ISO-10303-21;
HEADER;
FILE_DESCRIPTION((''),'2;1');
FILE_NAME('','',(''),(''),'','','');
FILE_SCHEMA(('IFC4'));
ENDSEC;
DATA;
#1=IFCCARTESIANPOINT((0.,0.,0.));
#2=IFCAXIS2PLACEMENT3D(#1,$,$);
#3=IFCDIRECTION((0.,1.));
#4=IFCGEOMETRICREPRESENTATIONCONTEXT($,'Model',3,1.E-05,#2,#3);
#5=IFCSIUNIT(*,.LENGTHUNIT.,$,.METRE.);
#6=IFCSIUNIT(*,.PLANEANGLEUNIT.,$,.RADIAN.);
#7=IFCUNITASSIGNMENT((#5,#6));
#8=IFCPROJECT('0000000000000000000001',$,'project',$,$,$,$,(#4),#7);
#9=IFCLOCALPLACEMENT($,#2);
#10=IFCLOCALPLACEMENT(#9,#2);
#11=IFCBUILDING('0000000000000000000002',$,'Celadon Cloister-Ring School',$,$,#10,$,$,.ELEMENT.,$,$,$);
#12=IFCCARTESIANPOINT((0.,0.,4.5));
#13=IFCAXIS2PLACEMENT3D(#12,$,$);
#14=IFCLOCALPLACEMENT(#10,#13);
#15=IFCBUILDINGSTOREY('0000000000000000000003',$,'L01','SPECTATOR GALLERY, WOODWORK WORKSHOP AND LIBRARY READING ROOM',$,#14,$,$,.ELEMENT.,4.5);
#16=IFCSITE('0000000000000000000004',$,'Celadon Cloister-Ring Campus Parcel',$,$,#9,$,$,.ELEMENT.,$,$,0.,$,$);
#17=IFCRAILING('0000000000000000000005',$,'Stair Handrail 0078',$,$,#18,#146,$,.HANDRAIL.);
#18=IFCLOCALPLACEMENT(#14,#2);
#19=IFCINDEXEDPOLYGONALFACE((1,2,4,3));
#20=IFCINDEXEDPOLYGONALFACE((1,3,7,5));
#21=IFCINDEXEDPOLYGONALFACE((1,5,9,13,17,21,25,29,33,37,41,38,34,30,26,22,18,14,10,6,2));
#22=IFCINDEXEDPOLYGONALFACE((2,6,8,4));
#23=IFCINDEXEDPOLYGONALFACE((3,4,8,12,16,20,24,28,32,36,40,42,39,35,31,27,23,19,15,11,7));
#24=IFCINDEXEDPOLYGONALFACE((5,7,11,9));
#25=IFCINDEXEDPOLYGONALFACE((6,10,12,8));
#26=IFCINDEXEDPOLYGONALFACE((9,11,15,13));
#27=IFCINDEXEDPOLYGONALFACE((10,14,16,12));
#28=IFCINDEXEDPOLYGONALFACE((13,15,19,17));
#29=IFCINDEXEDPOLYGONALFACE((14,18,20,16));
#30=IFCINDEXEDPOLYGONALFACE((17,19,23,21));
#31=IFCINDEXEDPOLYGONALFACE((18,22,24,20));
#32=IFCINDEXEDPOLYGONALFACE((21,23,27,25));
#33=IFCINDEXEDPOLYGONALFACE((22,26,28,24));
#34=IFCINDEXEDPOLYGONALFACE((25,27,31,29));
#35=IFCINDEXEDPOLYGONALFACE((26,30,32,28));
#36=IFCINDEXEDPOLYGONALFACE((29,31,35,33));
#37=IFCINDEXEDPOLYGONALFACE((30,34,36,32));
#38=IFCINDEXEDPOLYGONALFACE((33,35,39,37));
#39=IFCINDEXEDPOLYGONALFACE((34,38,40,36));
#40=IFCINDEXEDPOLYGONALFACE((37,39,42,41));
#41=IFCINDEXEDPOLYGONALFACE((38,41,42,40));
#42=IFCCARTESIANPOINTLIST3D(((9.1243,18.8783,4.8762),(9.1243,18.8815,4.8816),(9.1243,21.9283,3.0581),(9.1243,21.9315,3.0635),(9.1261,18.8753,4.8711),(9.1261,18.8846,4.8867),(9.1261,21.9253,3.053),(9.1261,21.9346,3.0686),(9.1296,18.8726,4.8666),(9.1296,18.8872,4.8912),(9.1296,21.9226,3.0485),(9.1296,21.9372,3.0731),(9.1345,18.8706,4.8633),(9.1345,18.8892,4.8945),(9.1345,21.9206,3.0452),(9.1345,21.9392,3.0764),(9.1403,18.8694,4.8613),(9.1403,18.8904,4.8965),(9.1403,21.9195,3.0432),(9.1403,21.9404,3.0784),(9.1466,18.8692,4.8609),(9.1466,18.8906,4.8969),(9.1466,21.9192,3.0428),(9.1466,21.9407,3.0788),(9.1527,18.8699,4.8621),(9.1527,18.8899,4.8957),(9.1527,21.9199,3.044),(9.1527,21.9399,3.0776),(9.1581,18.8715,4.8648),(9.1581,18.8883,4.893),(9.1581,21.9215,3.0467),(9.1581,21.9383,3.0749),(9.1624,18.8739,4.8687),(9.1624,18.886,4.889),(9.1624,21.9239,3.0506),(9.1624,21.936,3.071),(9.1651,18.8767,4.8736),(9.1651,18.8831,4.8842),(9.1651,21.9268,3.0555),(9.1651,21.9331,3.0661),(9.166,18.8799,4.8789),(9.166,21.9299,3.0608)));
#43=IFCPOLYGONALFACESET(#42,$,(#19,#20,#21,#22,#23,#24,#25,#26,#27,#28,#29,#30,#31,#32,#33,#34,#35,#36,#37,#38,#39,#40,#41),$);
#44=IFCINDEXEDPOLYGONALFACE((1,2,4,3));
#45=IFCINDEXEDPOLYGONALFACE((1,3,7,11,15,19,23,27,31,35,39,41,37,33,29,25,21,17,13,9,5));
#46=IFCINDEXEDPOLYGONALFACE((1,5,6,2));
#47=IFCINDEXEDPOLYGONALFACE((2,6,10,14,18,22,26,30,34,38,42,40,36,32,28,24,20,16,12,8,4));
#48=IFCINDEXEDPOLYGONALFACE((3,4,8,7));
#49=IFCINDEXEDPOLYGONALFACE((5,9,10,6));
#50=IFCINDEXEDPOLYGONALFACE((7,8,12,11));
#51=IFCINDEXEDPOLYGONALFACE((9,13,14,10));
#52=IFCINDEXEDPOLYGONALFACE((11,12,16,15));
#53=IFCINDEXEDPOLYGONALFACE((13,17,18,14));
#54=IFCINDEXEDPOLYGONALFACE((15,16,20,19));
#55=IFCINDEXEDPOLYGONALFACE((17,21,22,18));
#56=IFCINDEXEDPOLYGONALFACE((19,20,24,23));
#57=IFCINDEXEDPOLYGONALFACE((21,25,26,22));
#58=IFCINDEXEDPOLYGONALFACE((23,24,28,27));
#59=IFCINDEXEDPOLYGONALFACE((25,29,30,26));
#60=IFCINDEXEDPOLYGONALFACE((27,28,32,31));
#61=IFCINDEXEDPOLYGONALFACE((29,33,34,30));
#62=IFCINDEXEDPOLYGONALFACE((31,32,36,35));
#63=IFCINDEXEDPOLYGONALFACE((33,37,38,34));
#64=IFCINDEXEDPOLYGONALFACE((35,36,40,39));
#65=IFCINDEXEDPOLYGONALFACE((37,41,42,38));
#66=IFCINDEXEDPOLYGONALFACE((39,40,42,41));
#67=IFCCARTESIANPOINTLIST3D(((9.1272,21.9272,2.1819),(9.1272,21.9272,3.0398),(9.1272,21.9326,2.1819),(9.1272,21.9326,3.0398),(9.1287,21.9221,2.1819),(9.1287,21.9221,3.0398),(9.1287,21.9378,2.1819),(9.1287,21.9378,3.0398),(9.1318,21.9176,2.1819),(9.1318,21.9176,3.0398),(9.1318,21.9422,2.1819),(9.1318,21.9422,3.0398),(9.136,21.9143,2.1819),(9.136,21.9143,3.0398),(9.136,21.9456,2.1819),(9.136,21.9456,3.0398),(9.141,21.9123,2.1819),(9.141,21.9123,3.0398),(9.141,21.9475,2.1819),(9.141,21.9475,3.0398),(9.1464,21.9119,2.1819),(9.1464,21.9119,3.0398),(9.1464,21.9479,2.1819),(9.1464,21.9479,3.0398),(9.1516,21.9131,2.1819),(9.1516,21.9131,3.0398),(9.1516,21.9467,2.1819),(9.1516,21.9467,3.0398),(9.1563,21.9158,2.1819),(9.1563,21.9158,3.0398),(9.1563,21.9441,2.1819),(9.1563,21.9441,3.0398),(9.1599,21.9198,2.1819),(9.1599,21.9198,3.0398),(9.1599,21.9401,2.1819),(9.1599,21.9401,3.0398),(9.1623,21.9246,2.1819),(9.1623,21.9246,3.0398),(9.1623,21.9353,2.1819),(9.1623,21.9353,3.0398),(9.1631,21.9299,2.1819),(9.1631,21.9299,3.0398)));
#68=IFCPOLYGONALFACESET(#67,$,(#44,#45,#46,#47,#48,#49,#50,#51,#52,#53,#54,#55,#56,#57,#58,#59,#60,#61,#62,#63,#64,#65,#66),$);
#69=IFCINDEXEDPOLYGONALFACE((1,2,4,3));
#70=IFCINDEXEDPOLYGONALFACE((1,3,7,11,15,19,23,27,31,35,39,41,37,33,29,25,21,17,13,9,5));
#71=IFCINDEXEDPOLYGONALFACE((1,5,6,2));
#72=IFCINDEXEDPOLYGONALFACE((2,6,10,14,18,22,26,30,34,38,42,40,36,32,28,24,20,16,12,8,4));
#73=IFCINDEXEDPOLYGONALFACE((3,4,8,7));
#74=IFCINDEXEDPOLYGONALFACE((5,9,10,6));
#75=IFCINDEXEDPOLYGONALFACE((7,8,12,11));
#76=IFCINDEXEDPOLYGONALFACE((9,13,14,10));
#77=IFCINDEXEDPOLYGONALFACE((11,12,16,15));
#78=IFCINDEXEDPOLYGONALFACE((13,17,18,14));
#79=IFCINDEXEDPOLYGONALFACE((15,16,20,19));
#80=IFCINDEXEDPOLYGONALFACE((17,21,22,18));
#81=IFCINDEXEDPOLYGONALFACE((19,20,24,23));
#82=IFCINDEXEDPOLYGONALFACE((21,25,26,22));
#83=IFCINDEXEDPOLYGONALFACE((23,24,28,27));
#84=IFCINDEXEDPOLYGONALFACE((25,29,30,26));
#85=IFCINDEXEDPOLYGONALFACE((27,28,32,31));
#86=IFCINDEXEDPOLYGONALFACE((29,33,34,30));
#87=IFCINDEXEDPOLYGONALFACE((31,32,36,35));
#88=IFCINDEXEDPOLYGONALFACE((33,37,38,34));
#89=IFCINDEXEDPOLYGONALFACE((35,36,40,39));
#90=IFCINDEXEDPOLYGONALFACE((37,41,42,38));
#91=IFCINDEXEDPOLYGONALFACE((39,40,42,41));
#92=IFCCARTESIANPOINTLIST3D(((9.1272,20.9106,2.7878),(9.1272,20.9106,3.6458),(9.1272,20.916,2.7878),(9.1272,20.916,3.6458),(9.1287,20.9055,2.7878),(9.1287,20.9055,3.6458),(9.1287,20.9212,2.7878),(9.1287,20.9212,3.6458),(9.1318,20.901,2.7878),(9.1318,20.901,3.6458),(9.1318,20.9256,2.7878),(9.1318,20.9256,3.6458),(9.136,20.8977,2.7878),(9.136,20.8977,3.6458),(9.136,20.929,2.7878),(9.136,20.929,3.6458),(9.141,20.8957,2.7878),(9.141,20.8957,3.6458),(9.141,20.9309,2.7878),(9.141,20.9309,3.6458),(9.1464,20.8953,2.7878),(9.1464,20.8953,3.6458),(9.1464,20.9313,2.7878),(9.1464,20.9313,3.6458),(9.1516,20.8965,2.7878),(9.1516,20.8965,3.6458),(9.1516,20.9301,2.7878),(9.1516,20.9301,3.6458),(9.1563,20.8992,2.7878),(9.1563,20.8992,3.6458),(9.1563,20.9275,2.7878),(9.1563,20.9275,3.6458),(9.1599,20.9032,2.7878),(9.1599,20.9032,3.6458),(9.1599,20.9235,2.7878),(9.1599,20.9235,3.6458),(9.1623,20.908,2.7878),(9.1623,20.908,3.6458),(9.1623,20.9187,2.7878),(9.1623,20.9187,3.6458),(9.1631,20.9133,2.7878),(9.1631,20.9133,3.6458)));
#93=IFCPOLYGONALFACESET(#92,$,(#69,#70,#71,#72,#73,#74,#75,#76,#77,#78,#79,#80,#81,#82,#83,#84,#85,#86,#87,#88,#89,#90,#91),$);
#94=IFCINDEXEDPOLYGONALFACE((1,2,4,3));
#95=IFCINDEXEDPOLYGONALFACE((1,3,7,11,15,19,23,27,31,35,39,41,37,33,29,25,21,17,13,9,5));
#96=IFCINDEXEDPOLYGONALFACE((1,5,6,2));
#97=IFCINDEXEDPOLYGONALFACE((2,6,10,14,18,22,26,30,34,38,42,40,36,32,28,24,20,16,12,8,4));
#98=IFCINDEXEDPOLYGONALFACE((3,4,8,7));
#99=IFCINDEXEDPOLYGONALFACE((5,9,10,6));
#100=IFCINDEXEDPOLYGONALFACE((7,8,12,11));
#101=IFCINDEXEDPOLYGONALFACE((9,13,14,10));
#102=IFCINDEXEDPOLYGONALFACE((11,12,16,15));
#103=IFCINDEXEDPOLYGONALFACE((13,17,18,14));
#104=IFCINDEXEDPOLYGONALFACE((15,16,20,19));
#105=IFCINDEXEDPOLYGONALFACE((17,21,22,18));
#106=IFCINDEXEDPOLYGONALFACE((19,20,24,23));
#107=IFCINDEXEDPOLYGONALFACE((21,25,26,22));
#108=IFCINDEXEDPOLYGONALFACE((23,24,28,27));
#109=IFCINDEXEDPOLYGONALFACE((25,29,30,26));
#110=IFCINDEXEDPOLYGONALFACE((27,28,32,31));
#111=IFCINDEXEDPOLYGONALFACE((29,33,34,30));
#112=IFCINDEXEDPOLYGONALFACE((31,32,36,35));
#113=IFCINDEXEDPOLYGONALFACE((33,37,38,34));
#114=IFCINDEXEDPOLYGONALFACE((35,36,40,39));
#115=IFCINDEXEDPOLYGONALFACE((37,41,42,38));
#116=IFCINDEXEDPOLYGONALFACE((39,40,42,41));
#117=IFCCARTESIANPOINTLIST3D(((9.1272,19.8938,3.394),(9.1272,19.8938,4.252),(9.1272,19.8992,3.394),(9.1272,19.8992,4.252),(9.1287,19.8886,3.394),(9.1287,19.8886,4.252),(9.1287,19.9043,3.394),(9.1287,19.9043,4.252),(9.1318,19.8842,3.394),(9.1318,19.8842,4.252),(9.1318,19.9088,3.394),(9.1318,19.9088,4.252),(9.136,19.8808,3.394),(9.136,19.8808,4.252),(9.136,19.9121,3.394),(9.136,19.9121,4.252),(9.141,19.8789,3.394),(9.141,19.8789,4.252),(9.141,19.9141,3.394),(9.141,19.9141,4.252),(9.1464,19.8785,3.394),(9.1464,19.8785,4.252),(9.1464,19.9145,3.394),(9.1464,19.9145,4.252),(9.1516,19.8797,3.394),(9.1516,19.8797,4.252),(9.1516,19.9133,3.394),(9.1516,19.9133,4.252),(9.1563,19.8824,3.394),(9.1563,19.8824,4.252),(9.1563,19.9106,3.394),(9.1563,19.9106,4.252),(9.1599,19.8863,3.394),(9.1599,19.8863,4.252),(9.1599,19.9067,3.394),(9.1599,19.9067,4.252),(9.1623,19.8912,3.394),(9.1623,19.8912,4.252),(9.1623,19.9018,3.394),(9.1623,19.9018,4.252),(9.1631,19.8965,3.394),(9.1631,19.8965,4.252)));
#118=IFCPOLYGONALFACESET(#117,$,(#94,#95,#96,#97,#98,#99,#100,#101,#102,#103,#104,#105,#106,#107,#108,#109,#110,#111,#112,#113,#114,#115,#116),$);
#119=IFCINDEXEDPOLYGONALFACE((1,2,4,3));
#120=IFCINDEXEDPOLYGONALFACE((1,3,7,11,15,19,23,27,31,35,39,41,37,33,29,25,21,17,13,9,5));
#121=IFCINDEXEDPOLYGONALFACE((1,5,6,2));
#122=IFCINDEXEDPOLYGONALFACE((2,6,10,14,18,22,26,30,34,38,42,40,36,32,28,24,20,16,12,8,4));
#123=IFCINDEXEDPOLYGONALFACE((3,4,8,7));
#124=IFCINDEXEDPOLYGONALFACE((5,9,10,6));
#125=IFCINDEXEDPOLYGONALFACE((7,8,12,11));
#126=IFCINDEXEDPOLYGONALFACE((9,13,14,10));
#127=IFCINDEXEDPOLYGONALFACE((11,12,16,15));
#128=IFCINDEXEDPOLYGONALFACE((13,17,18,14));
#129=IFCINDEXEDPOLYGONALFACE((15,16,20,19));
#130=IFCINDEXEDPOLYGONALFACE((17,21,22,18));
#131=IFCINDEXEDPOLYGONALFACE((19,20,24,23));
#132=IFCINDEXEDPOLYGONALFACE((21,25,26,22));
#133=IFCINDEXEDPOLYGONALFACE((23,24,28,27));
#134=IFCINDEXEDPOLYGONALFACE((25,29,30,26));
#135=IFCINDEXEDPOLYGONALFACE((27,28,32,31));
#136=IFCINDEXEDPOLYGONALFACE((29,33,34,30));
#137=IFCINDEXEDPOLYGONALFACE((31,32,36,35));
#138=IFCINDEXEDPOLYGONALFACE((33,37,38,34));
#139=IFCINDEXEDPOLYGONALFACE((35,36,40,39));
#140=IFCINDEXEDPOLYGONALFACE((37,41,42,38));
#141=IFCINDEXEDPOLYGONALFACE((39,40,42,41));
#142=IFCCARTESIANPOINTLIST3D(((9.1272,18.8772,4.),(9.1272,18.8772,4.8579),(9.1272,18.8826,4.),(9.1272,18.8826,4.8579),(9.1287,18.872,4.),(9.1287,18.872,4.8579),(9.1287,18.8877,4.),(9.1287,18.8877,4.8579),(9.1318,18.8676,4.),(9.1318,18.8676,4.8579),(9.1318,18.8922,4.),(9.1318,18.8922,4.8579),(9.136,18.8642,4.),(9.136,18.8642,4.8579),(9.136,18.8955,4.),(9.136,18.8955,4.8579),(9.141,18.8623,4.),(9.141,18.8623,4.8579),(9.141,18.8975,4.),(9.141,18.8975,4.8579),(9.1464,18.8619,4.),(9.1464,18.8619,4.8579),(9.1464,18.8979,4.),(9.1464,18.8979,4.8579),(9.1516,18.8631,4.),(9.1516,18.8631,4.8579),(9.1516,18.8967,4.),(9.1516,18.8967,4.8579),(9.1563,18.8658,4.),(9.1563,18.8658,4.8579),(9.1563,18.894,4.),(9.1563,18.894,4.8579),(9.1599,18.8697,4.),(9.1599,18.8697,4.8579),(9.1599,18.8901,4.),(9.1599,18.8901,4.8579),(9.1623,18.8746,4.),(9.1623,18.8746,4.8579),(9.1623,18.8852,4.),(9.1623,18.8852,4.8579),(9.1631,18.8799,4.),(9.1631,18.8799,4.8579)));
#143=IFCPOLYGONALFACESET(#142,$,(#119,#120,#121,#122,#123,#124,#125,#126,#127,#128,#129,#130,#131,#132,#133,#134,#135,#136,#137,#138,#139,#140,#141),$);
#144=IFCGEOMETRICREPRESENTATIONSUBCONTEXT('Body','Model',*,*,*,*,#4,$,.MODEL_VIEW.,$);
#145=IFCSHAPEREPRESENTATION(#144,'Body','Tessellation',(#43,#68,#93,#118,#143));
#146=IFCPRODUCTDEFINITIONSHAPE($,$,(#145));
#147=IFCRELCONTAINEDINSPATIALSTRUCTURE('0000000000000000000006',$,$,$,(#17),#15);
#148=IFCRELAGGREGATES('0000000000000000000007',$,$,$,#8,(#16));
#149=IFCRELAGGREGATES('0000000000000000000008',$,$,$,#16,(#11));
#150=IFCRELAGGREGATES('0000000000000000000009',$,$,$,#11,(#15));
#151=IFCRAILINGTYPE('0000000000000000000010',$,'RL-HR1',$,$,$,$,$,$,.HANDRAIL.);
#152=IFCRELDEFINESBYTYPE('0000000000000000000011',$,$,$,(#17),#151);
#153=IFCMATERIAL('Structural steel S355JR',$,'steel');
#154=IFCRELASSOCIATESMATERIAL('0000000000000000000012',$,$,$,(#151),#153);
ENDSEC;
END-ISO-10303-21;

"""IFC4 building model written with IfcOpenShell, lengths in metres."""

from ifc_helpers import new_model, si_unit, direction, frame, origin, origin_2d, place, context, subcontext, project, spatial, circle, extrude, material, type_object, element, save


model = new_model("IFC4")

# Units and contexts
model_context = context("Model", 3, precision=1e-05, world=origin(), true_north=direction((0.0, 1.0)))
body_context = subcontext(model_context, "Body", "Model", "MODEL_VIEW")
ifc_project = project(units=[si_unit("LENGTHUNIT", "METRE"), si_unit("PLANEANGLEUNIT", "RADIAN")], contexts=[model_context])

# Site, building, storey
site_placement = place(None, origin())
site = spatial("IfcSite", under=ifc_project, at=site_placement, Name="Celadon Cloister-Ring Campus Parcel", CompositionType="ELEMENT", RefElevation=0.0)
building_placement = place(site_placement, origin())
building = spatial("IfcBuilding", under=site, at=building_placement, Name="Celadon Cloister-Ring School", CompositionType="ELEMENT")
storey_placement = place(building_placement, frame((0.0, 0.0, 4.5)))
storey = spatial("IfcBuildingStorey", under=building, at=storey_placement, Name="L01", Description="SPECTATOR GALLERY, WOODWORK WORKSHOP AND LIBRARY READING ROOM", CompositionType="ELEMENT", Elevation=4.5)

# Railing
ifc_material_1 = material(Name="Structural steel S355JR", Category="steel")
railing_type_1 = type_object("IfcRailingType", Name="RL-HR1", PredefinedType="HANDRAIL", material=ifc_material_1)
for number, where, name in (
    (1, (9.145, 21.9299, 2.1819), "Stair Handrail 0078"),
):
    element("IfcRailing", number, at=place(storey_placement, frame(where)), inside=storey, type_object=railing_type_1, Name=name, PredefinedType="HANDRAIL", context=body_context, shape_type="SweptSolid", body=[
        extrude(circle(Radius=0.021, at=origin_2d()), frame((0.0, 0.0, 0.8789), z_axis=(0.0, -0.85897, 0.512026), x_axis=(1.0, 0.0, 0.0)), (0.0, 0.0, 1.0), 3.5508),
        extrude(circle(Radius=0.0181, at=origin_2d()), origin(), (0.0, 0.0, 1.0), 0.8579),
        extrude(circle(Radius=0.0181, at=origin_2d()), frame((0.0, -1.0166, 0.606)), (0.0, 0.0, 1.0), 0.8579),
        extrude(circle(Radius=0.0181, at=origin_2d()), frame((0.0, -2.0334, 1.2122)), (0.0, 0.0, 1.0), 0.8579),
        extrude(circle(Radius=0.0181, at=origin_2d()), frame((0.0, -3.05, 1.8181)), (0.0, 0.0, 1.0), 0.8579),
    ])

save(model, "model.ifc")
